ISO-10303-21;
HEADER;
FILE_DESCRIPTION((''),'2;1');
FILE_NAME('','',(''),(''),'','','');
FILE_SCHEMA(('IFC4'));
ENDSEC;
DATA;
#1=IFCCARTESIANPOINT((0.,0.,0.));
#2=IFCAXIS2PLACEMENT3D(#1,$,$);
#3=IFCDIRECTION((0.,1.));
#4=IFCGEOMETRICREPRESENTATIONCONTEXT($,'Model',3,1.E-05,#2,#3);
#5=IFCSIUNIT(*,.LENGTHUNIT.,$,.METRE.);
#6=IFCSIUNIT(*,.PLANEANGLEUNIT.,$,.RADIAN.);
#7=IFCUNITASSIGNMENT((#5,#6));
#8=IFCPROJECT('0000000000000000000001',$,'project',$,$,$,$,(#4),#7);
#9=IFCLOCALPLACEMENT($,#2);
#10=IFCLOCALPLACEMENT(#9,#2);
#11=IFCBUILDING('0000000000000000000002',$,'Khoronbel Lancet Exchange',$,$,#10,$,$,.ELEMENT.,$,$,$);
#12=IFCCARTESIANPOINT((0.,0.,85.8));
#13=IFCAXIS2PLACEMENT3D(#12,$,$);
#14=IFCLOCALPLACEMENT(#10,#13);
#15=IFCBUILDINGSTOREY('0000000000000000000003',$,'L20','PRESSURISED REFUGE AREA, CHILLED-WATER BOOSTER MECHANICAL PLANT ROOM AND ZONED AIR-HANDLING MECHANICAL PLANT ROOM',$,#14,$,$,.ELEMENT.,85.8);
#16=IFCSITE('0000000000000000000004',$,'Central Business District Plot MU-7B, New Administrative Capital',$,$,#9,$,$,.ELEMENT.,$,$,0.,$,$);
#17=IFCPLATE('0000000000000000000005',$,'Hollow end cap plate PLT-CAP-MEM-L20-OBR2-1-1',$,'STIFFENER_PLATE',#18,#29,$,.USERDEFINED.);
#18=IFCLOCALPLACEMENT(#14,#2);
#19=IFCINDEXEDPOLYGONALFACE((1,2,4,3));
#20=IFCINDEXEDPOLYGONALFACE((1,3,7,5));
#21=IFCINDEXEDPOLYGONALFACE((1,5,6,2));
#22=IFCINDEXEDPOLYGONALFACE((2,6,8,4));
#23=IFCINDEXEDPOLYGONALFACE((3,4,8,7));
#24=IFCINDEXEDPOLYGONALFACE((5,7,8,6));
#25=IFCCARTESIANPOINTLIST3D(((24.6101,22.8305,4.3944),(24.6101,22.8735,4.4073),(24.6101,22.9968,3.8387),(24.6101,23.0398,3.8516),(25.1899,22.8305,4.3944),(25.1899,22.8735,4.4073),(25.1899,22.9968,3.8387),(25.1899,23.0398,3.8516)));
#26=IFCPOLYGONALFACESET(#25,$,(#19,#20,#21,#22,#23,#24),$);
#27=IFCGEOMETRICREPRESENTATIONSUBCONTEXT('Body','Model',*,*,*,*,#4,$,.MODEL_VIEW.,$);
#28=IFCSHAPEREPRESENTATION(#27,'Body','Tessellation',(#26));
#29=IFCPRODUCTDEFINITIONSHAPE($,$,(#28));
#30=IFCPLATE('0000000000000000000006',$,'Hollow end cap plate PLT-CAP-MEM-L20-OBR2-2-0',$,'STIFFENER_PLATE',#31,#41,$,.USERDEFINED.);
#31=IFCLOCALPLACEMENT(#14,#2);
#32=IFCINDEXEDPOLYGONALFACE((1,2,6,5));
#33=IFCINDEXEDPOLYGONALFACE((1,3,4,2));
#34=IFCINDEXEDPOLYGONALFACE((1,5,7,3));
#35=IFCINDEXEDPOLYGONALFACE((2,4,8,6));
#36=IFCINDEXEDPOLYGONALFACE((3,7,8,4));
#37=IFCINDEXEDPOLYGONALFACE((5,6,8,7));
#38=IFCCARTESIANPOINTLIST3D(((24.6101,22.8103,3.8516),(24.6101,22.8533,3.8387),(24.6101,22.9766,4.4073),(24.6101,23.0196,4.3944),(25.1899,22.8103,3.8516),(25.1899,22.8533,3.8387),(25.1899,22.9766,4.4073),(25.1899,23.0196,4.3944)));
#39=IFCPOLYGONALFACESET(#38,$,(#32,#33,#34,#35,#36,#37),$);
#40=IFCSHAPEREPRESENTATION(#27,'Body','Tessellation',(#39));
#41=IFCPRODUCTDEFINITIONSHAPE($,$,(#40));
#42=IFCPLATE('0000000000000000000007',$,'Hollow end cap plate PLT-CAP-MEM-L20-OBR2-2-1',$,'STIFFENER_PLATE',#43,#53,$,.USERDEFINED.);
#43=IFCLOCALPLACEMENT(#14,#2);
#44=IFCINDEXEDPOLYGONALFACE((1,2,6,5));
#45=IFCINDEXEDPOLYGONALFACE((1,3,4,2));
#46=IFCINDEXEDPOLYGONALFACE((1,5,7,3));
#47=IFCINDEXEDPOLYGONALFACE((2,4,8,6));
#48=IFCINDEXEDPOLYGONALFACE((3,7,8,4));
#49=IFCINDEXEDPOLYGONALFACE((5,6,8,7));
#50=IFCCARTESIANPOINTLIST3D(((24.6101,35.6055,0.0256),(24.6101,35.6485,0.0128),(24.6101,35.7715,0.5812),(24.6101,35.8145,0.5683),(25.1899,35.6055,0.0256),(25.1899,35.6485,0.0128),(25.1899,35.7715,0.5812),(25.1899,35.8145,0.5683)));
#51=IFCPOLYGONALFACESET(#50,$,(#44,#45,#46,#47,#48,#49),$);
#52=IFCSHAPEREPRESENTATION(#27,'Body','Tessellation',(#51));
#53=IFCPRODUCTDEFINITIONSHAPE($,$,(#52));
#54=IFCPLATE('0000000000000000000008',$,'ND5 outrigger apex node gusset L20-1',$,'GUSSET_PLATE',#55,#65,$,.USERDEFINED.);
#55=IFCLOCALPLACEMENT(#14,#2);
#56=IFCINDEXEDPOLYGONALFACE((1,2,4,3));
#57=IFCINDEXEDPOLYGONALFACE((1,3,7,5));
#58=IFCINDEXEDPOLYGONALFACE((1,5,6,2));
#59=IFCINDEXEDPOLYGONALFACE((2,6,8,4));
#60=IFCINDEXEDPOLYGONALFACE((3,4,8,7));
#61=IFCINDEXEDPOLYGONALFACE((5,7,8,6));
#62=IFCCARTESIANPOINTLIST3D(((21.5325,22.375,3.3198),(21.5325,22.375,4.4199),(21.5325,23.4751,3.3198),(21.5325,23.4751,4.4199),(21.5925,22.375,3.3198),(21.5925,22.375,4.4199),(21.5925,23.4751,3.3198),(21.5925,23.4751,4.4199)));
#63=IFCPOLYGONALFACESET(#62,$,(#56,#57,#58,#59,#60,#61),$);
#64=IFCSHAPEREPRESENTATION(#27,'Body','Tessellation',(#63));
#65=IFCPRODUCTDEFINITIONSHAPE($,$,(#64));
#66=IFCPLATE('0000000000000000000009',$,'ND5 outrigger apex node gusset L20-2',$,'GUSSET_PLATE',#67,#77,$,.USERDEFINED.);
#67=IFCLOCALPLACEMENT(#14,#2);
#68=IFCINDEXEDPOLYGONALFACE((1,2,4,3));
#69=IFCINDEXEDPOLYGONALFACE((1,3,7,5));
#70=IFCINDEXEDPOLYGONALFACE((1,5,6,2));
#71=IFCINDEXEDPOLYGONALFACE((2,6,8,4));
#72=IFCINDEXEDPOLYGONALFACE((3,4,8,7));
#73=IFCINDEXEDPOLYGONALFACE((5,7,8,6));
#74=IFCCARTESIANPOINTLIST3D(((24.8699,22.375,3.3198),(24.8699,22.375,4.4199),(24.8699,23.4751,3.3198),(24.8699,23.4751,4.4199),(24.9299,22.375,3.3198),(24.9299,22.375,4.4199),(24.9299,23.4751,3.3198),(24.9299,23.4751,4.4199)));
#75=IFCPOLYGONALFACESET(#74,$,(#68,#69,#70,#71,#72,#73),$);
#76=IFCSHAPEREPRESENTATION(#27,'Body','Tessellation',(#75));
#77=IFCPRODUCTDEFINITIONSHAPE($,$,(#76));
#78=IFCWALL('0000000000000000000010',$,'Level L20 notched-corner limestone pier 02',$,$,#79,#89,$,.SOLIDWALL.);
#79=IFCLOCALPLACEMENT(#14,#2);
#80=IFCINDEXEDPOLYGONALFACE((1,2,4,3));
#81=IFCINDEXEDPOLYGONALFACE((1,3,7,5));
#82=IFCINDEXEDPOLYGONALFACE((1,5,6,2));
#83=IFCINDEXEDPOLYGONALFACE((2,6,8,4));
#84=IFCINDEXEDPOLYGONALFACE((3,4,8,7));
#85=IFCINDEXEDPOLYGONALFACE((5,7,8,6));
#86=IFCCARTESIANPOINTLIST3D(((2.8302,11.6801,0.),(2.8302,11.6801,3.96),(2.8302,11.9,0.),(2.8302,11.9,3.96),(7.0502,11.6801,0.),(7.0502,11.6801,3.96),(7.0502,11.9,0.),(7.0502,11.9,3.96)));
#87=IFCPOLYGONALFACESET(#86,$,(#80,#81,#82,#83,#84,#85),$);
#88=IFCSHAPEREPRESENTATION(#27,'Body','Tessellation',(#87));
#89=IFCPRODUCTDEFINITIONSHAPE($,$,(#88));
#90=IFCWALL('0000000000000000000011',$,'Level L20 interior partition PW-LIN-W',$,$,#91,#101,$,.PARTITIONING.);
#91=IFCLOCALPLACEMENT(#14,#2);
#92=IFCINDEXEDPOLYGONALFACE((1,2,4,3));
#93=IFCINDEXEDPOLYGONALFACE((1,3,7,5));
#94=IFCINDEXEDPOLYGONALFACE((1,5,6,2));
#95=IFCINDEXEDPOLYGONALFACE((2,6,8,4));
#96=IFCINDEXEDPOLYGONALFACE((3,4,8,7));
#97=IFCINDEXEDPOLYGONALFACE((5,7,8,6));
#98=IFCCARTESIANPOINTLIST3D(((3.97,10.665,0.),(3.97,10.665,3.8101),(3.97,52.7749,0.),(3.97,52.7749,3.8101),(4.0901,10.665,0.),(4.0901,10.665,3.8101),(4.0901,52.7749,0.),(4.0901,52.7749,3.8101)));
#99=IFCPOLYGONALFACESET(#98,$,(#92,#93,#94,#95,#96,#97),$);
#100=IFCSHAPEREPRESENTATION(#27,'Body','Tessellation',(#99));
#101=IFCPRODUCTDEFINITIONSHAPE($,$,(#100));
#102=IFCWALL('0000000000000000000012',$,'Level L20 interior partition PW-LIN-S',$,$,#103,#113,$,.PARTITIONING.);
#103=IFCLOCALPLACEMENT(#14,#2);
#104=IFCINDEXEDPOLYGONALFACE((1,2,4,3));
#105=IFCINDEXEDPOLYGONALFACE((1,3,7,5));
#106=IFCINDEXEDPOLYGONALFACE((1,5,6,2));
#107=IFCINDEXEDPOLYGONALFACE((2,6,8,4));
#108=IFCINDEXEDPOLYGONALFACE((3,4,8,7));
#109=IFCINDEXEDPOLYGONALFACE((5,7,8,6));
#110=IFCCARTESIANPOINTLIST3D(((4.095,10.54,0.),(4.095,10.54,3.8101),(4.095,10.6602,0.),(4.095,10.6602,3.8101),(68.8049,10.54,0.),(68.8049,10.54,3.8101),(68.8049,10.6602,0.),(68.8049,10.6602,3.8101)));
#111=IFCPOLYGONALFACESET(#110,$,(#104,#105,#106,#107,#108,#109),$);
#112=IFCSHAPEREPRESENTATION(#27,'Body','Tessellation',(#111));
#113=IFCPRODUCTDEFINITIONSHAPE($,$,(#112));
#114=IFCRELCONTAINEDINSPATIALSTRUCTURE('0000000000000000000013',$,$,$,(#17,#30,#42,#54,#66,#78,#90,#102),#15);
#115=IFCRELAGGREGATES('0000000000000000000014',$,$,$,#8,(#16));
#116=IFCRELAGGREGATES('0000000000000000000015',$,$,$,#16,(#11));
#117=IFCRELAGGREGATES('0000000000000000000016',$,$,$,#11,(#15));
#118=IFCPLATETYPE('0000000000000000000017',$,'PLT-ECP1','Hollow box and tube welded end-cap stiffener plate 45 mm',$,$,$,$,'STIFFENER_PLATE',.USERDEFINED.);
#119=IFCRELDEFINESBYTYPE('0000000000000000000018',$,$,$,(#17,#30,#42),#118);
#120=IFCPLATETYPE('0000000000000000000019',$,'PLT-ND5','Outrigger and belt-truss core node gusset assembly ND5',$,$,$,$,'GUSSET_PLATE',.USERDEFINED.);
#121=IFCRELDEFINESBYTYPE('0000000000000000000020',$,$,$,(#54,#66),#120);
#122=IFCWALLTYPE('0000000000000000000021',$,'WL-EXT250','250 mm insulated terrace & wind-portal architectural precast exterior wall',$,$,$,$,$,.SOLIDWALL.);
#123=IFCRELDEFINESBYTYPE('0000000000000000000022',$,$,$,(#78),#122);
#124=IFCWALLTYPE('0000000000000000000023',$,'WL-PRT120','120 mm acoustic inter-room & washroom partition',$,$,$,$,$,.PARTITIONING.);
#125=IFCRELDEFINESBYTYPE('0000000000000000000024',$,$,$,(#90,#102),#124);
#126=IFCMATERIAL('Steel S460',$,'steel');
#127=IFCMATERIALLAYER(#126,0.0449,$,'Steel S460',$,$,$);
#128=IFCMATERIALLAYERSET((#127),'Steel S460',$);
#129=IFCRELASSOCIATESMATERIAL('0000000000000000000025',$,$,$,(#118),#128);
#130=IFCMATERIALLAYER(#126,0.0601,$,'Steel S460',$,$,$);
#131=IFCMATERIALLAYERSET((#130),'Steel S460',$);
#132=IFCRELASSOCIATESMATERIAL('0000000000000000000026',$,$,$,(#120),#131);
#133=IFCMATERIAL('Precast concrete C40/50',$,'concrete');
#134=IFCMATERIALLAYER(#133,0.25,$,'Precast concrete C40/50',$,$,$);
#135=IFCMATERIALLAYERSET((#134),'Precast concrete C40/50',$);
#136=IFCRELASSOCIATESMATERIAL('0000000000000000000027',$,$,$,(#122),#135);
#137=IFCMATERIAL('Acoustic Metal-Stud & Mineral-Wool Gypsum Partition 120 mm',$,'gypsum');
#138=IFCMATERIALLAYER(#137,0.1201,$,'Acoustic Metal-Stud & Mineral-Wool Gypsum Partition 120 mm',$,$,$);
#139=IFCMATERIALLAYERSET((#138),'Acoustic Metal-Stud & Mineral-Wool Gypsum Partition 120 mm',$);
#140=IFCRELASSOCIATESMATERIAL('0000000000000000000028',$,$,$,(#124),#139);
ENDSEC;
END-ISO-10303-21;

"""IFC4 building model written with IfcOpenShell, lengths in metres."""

from ifc_helpers import new_model, si_unit, direction, frame, frame_2d, origin, origin_2d, place, context, subcontext, project, spatial, polyline, rectangle, outline, extrude, material, layer, layer_set, type_object, element, save


model = new_model("IFC4")

# Units and contexts
model_context = context("Model", 3, precision=1e-05, world=origin(), true_north=direction((0.0, 1.0)))
body_context = subcontext(model_context, "Body", "Model", "MODEL_VIEW")
ifc_project = project(units=[si_unit("LENGTHUNIT", "METRE"), si_unit("PLANEANGLEUNIT", "RADIAN")], contexts=[model_context])

# Site, building, storey
site_placement = place(None, origin())
site = spatial("IfcSite", under=ifc_project, at=site_placement, Name="Central Business District Plot MU-7B, New Administrative Capital", CompositionType="ELEMENT", RefElevation=0.0)
building_placement = place(site_placement, origin())
building = spatial("IfcBuilding", under=site, at=building_placement, Name="Khoronbel Lancet Exchange", CompositionType="ELEMENT")
storey_placement = place(building_placement, frame((0.0, 0.0, 85.8)))
storey = spatial("IfcBuildingStorey", under=building, at=storey_placement, Name="L20", Description="PRESSURISED REFUGE AREA, CHILLED-WATER BOOSTER MECHANICAL PLANT ROOM AND ZONED AIR-HANDLING MECHANICAL PLANT ROOM", CompositionType="ELEMENT", Elevation=85.8)

# Shared definitions
ifc_material_1 = material(Name="Steel S460", Category="steel")

# Plates
ifc_layer_1 = layer(ifc_material_1, 0.0449, Name="Steel S460")
ifc_layer_set_1 = layer_set([ifc_layer_1], Name="Steel S460")
plate_type_1 = type_object("IfcPlateType", Name="PLT-ECP1", Description="Hollow box and tube welded end-cap stiffener plate 45 mm", ElementType="STIFFENER_PLATE", PredefinedType="USERDEFINED", material=ifc_layer_set_1)
for number, where, z_axis, x_axis, name in (
    (1, (25.1899, 23.0398, 3.8516), (0.0, 0.958035, 0.286653), (-1.0, 0.0, 0.0), "Hollow end cap plate PLT-CAP-MEM-L20-OBR2-1-1"),
    (2, (24.6101, 22.8103, 3.8516), (0.0, -0.958035, 0.286653), (1.0, 0.0, 0.0), "Hollow end cap plate PLT-CAP-MEM-L20-OBR2-2-0"),
):
    element("IfcPlate", number, at=place(storey_placement, frame(where, z_axis=z_axis, x_axis=x_axis)), inside=storey, type_object=plate_type_1, Name=name, ObjectType="STIFFENER_PLATE", PredefinedType="USERDEFINED", context=body_context, shape_type="SweptSolid", body=[
        extrude(outline(polyline([(0.0, 0.0), (0.5798, 0.0), (0.5798, 0.5801), (0.0, 0.5801), (0.0, 0.0)])), origin(), (0.0, 0.0, -1.0), 0.0449),
    ])
plate_1_placement = place(storey_placement, frame((24.6101, 35.6055, 0.0256), z_axis=(0.0, -0.95815, 0.286266), x_axis=(1.0, 0.0, 0.0)))
element("IfcPlate", 3, at=plate_1_placement, inside=storey, type_object=plate_type_1, Name="Hollow end cap plate PLT-CAP-MEM-L20-OBR2-2-1", ObjectType="STIFFENER_PLATE", PredefinedType="USERDEFINED", context=body_context, shape_type="SweptSolid", body=[
    extrude(outline(polyline([(0.0, 0.0), (0.5798, 0.0), (0.5798, 0.5798), (0.0, 0.5798), (0.0, 0.0)])), origin(), (0.0, 0.0, -1.0), 0.0449),
])
ifc_layer_2 = layer(ifc_material_1, 0.0601, Name="Steel S460")
ifc_layer_set_2 = layer_set([ifc_layer_2], Name="Steel S460")
plate_type_2 = type_object("IfcPlateType", Name="PLT-ND5", Description="Outrigger and belt-truss core node gusset assembly ND5", ElementType="GUSSET_PLATE", PredefinedType="USERDEFINED", material=ifc_layer_set_2)
for number, where, z_axis, x_axis, name in (
    (4, (21.5625, 22.925, 3.3198), (0.0, 0.0, 1.0), (1.0, 0.0, 0.0), "ND5 outrigger apex node gusset L20-1"),
    (5, (24.8999, 22.925, 3.3198), (0.0, 0.0, 1.0), (1.0, 0.0, 0.0), "ND5 outrigger apex node gusset L20-2"),
):
    element("IfcPlate", number, at=place(storey_placement, frame(where, z_axis=z_axis, x_axis=x_axis)), inside=storey, type_object=plate_type_2, Name=name, ObjectType="GUSSET_PLATE", PredefinedType="USERDEFINED", context=body_context, shape_type="SweptSolid", body=[
        extrude(rectangle(XDim=0.0601, YDim=1.1001, at=origin_2d()), origin(), (0.0, 0.0, 1.0), 1.1001),
    ])

# Walls
ifc_material_2 = material(Name="Precast concrete C40/50", Category="concrete")
ifc_layer_3 = layer(ifc_material_2, 0.25, Name="Precast concrete C40/50")
ifc_layer_set_3 = layer_set([ifc_layer_3], Name="Precast concrete C40/50")
wall_type_1 = type_object("IfcWallType", Name="WL-EXT250", Description="250 mm insulated terrace & wind-portal architectural precast exterior wall", PredefinedType="SOLIDWALL", material=ifc_layer_set_3)
wall_1_placement = place(storey_placement, frame((7.05, 11.79, 0.0), z_axis=(0.0, 0.0, 1.0), x_axis=(-1.0, 0.0, 0.0)))
element("IfcWall", 6, at=wall_1_placement, inside=storey, type_object=wall_type_1, Name="Level L20 notched-corner limestone pier 02", PredefinedType="SOLIDWALL", context=body_context, shape_type="SweptSolid", body=[
    extrude(rectangle(XDim=4.22, YDim=0.22, at=frame_2d((2.1099, 0.0))), origin(), (0.0, 0.0, 1.0), 3.96),
])
ifc_material_3 = material(Name="Acoustic Metal-Stud & Mineral-Wool Gypsum Partition 120 mm", Category="gypsum")
ifc_layer_4 = layer(ifc_material_3, 0.1201, Name="Acoustic Metal-Stud & Mineral-Wool Gypsum Partition 120 mm")
ifc_layer_set_4 = layer_set([ifc_layer_4], Name="Acoustic Metal-Stud & Mineral-Wool Gypsum Partition 120 mm")
wall_type_2 = type_object("IfcWallType", Name="WL-PRT120", Description="120 mm acoustic inter-room & washroom partition", PredefinedType="PARTITIONING", material=ifc_layer_set_4)
wall_2_placement = place(storey_placement, frame((4.03, 10.665, 0.0), z_axis=(0.0, 0.0, 1.0), x_axis=(0.0, 1.0, 0.0)))
element("IfcWall", 7, at=wall_2_placement, inside=storey, type_object=wall_type_2, Name="Level L20 interior partition PW-LIN-W", PredefinedType="PARTITIONING", context=body_context, shape_type="SweptSolid", body=[
    extrude(rectangle(XDim=42.1099, YDim=0.1201, at=frame_2d((21.0549, 0.0))), origin(), (0.0, 0.0, 1.0), 3.8101),
])
wall_3_placement = place(storey_placement, frame((4.095, 10.6001, 0.0), z_axis=(0.0, 0.0, 1.0), x_axis=(1.0, 0.0, 0.0)))
element("IfcWall", 8, at=wall_3_placement, inside=storey, type_object=wall_type_2, Name="Level L20 interior partition PW-LIN-S", PredefinedType="PARTITIONING", context=body_context, shape_type="SweptSolid", body=[
    extrude(rectangle(XDim=64.71, YDim=0.1201, at=frame_2d((32.355, 0.0))), origin(), (0.0, 0.0, 1.0), 3.8101),
])

save(model, "model.ifc")
